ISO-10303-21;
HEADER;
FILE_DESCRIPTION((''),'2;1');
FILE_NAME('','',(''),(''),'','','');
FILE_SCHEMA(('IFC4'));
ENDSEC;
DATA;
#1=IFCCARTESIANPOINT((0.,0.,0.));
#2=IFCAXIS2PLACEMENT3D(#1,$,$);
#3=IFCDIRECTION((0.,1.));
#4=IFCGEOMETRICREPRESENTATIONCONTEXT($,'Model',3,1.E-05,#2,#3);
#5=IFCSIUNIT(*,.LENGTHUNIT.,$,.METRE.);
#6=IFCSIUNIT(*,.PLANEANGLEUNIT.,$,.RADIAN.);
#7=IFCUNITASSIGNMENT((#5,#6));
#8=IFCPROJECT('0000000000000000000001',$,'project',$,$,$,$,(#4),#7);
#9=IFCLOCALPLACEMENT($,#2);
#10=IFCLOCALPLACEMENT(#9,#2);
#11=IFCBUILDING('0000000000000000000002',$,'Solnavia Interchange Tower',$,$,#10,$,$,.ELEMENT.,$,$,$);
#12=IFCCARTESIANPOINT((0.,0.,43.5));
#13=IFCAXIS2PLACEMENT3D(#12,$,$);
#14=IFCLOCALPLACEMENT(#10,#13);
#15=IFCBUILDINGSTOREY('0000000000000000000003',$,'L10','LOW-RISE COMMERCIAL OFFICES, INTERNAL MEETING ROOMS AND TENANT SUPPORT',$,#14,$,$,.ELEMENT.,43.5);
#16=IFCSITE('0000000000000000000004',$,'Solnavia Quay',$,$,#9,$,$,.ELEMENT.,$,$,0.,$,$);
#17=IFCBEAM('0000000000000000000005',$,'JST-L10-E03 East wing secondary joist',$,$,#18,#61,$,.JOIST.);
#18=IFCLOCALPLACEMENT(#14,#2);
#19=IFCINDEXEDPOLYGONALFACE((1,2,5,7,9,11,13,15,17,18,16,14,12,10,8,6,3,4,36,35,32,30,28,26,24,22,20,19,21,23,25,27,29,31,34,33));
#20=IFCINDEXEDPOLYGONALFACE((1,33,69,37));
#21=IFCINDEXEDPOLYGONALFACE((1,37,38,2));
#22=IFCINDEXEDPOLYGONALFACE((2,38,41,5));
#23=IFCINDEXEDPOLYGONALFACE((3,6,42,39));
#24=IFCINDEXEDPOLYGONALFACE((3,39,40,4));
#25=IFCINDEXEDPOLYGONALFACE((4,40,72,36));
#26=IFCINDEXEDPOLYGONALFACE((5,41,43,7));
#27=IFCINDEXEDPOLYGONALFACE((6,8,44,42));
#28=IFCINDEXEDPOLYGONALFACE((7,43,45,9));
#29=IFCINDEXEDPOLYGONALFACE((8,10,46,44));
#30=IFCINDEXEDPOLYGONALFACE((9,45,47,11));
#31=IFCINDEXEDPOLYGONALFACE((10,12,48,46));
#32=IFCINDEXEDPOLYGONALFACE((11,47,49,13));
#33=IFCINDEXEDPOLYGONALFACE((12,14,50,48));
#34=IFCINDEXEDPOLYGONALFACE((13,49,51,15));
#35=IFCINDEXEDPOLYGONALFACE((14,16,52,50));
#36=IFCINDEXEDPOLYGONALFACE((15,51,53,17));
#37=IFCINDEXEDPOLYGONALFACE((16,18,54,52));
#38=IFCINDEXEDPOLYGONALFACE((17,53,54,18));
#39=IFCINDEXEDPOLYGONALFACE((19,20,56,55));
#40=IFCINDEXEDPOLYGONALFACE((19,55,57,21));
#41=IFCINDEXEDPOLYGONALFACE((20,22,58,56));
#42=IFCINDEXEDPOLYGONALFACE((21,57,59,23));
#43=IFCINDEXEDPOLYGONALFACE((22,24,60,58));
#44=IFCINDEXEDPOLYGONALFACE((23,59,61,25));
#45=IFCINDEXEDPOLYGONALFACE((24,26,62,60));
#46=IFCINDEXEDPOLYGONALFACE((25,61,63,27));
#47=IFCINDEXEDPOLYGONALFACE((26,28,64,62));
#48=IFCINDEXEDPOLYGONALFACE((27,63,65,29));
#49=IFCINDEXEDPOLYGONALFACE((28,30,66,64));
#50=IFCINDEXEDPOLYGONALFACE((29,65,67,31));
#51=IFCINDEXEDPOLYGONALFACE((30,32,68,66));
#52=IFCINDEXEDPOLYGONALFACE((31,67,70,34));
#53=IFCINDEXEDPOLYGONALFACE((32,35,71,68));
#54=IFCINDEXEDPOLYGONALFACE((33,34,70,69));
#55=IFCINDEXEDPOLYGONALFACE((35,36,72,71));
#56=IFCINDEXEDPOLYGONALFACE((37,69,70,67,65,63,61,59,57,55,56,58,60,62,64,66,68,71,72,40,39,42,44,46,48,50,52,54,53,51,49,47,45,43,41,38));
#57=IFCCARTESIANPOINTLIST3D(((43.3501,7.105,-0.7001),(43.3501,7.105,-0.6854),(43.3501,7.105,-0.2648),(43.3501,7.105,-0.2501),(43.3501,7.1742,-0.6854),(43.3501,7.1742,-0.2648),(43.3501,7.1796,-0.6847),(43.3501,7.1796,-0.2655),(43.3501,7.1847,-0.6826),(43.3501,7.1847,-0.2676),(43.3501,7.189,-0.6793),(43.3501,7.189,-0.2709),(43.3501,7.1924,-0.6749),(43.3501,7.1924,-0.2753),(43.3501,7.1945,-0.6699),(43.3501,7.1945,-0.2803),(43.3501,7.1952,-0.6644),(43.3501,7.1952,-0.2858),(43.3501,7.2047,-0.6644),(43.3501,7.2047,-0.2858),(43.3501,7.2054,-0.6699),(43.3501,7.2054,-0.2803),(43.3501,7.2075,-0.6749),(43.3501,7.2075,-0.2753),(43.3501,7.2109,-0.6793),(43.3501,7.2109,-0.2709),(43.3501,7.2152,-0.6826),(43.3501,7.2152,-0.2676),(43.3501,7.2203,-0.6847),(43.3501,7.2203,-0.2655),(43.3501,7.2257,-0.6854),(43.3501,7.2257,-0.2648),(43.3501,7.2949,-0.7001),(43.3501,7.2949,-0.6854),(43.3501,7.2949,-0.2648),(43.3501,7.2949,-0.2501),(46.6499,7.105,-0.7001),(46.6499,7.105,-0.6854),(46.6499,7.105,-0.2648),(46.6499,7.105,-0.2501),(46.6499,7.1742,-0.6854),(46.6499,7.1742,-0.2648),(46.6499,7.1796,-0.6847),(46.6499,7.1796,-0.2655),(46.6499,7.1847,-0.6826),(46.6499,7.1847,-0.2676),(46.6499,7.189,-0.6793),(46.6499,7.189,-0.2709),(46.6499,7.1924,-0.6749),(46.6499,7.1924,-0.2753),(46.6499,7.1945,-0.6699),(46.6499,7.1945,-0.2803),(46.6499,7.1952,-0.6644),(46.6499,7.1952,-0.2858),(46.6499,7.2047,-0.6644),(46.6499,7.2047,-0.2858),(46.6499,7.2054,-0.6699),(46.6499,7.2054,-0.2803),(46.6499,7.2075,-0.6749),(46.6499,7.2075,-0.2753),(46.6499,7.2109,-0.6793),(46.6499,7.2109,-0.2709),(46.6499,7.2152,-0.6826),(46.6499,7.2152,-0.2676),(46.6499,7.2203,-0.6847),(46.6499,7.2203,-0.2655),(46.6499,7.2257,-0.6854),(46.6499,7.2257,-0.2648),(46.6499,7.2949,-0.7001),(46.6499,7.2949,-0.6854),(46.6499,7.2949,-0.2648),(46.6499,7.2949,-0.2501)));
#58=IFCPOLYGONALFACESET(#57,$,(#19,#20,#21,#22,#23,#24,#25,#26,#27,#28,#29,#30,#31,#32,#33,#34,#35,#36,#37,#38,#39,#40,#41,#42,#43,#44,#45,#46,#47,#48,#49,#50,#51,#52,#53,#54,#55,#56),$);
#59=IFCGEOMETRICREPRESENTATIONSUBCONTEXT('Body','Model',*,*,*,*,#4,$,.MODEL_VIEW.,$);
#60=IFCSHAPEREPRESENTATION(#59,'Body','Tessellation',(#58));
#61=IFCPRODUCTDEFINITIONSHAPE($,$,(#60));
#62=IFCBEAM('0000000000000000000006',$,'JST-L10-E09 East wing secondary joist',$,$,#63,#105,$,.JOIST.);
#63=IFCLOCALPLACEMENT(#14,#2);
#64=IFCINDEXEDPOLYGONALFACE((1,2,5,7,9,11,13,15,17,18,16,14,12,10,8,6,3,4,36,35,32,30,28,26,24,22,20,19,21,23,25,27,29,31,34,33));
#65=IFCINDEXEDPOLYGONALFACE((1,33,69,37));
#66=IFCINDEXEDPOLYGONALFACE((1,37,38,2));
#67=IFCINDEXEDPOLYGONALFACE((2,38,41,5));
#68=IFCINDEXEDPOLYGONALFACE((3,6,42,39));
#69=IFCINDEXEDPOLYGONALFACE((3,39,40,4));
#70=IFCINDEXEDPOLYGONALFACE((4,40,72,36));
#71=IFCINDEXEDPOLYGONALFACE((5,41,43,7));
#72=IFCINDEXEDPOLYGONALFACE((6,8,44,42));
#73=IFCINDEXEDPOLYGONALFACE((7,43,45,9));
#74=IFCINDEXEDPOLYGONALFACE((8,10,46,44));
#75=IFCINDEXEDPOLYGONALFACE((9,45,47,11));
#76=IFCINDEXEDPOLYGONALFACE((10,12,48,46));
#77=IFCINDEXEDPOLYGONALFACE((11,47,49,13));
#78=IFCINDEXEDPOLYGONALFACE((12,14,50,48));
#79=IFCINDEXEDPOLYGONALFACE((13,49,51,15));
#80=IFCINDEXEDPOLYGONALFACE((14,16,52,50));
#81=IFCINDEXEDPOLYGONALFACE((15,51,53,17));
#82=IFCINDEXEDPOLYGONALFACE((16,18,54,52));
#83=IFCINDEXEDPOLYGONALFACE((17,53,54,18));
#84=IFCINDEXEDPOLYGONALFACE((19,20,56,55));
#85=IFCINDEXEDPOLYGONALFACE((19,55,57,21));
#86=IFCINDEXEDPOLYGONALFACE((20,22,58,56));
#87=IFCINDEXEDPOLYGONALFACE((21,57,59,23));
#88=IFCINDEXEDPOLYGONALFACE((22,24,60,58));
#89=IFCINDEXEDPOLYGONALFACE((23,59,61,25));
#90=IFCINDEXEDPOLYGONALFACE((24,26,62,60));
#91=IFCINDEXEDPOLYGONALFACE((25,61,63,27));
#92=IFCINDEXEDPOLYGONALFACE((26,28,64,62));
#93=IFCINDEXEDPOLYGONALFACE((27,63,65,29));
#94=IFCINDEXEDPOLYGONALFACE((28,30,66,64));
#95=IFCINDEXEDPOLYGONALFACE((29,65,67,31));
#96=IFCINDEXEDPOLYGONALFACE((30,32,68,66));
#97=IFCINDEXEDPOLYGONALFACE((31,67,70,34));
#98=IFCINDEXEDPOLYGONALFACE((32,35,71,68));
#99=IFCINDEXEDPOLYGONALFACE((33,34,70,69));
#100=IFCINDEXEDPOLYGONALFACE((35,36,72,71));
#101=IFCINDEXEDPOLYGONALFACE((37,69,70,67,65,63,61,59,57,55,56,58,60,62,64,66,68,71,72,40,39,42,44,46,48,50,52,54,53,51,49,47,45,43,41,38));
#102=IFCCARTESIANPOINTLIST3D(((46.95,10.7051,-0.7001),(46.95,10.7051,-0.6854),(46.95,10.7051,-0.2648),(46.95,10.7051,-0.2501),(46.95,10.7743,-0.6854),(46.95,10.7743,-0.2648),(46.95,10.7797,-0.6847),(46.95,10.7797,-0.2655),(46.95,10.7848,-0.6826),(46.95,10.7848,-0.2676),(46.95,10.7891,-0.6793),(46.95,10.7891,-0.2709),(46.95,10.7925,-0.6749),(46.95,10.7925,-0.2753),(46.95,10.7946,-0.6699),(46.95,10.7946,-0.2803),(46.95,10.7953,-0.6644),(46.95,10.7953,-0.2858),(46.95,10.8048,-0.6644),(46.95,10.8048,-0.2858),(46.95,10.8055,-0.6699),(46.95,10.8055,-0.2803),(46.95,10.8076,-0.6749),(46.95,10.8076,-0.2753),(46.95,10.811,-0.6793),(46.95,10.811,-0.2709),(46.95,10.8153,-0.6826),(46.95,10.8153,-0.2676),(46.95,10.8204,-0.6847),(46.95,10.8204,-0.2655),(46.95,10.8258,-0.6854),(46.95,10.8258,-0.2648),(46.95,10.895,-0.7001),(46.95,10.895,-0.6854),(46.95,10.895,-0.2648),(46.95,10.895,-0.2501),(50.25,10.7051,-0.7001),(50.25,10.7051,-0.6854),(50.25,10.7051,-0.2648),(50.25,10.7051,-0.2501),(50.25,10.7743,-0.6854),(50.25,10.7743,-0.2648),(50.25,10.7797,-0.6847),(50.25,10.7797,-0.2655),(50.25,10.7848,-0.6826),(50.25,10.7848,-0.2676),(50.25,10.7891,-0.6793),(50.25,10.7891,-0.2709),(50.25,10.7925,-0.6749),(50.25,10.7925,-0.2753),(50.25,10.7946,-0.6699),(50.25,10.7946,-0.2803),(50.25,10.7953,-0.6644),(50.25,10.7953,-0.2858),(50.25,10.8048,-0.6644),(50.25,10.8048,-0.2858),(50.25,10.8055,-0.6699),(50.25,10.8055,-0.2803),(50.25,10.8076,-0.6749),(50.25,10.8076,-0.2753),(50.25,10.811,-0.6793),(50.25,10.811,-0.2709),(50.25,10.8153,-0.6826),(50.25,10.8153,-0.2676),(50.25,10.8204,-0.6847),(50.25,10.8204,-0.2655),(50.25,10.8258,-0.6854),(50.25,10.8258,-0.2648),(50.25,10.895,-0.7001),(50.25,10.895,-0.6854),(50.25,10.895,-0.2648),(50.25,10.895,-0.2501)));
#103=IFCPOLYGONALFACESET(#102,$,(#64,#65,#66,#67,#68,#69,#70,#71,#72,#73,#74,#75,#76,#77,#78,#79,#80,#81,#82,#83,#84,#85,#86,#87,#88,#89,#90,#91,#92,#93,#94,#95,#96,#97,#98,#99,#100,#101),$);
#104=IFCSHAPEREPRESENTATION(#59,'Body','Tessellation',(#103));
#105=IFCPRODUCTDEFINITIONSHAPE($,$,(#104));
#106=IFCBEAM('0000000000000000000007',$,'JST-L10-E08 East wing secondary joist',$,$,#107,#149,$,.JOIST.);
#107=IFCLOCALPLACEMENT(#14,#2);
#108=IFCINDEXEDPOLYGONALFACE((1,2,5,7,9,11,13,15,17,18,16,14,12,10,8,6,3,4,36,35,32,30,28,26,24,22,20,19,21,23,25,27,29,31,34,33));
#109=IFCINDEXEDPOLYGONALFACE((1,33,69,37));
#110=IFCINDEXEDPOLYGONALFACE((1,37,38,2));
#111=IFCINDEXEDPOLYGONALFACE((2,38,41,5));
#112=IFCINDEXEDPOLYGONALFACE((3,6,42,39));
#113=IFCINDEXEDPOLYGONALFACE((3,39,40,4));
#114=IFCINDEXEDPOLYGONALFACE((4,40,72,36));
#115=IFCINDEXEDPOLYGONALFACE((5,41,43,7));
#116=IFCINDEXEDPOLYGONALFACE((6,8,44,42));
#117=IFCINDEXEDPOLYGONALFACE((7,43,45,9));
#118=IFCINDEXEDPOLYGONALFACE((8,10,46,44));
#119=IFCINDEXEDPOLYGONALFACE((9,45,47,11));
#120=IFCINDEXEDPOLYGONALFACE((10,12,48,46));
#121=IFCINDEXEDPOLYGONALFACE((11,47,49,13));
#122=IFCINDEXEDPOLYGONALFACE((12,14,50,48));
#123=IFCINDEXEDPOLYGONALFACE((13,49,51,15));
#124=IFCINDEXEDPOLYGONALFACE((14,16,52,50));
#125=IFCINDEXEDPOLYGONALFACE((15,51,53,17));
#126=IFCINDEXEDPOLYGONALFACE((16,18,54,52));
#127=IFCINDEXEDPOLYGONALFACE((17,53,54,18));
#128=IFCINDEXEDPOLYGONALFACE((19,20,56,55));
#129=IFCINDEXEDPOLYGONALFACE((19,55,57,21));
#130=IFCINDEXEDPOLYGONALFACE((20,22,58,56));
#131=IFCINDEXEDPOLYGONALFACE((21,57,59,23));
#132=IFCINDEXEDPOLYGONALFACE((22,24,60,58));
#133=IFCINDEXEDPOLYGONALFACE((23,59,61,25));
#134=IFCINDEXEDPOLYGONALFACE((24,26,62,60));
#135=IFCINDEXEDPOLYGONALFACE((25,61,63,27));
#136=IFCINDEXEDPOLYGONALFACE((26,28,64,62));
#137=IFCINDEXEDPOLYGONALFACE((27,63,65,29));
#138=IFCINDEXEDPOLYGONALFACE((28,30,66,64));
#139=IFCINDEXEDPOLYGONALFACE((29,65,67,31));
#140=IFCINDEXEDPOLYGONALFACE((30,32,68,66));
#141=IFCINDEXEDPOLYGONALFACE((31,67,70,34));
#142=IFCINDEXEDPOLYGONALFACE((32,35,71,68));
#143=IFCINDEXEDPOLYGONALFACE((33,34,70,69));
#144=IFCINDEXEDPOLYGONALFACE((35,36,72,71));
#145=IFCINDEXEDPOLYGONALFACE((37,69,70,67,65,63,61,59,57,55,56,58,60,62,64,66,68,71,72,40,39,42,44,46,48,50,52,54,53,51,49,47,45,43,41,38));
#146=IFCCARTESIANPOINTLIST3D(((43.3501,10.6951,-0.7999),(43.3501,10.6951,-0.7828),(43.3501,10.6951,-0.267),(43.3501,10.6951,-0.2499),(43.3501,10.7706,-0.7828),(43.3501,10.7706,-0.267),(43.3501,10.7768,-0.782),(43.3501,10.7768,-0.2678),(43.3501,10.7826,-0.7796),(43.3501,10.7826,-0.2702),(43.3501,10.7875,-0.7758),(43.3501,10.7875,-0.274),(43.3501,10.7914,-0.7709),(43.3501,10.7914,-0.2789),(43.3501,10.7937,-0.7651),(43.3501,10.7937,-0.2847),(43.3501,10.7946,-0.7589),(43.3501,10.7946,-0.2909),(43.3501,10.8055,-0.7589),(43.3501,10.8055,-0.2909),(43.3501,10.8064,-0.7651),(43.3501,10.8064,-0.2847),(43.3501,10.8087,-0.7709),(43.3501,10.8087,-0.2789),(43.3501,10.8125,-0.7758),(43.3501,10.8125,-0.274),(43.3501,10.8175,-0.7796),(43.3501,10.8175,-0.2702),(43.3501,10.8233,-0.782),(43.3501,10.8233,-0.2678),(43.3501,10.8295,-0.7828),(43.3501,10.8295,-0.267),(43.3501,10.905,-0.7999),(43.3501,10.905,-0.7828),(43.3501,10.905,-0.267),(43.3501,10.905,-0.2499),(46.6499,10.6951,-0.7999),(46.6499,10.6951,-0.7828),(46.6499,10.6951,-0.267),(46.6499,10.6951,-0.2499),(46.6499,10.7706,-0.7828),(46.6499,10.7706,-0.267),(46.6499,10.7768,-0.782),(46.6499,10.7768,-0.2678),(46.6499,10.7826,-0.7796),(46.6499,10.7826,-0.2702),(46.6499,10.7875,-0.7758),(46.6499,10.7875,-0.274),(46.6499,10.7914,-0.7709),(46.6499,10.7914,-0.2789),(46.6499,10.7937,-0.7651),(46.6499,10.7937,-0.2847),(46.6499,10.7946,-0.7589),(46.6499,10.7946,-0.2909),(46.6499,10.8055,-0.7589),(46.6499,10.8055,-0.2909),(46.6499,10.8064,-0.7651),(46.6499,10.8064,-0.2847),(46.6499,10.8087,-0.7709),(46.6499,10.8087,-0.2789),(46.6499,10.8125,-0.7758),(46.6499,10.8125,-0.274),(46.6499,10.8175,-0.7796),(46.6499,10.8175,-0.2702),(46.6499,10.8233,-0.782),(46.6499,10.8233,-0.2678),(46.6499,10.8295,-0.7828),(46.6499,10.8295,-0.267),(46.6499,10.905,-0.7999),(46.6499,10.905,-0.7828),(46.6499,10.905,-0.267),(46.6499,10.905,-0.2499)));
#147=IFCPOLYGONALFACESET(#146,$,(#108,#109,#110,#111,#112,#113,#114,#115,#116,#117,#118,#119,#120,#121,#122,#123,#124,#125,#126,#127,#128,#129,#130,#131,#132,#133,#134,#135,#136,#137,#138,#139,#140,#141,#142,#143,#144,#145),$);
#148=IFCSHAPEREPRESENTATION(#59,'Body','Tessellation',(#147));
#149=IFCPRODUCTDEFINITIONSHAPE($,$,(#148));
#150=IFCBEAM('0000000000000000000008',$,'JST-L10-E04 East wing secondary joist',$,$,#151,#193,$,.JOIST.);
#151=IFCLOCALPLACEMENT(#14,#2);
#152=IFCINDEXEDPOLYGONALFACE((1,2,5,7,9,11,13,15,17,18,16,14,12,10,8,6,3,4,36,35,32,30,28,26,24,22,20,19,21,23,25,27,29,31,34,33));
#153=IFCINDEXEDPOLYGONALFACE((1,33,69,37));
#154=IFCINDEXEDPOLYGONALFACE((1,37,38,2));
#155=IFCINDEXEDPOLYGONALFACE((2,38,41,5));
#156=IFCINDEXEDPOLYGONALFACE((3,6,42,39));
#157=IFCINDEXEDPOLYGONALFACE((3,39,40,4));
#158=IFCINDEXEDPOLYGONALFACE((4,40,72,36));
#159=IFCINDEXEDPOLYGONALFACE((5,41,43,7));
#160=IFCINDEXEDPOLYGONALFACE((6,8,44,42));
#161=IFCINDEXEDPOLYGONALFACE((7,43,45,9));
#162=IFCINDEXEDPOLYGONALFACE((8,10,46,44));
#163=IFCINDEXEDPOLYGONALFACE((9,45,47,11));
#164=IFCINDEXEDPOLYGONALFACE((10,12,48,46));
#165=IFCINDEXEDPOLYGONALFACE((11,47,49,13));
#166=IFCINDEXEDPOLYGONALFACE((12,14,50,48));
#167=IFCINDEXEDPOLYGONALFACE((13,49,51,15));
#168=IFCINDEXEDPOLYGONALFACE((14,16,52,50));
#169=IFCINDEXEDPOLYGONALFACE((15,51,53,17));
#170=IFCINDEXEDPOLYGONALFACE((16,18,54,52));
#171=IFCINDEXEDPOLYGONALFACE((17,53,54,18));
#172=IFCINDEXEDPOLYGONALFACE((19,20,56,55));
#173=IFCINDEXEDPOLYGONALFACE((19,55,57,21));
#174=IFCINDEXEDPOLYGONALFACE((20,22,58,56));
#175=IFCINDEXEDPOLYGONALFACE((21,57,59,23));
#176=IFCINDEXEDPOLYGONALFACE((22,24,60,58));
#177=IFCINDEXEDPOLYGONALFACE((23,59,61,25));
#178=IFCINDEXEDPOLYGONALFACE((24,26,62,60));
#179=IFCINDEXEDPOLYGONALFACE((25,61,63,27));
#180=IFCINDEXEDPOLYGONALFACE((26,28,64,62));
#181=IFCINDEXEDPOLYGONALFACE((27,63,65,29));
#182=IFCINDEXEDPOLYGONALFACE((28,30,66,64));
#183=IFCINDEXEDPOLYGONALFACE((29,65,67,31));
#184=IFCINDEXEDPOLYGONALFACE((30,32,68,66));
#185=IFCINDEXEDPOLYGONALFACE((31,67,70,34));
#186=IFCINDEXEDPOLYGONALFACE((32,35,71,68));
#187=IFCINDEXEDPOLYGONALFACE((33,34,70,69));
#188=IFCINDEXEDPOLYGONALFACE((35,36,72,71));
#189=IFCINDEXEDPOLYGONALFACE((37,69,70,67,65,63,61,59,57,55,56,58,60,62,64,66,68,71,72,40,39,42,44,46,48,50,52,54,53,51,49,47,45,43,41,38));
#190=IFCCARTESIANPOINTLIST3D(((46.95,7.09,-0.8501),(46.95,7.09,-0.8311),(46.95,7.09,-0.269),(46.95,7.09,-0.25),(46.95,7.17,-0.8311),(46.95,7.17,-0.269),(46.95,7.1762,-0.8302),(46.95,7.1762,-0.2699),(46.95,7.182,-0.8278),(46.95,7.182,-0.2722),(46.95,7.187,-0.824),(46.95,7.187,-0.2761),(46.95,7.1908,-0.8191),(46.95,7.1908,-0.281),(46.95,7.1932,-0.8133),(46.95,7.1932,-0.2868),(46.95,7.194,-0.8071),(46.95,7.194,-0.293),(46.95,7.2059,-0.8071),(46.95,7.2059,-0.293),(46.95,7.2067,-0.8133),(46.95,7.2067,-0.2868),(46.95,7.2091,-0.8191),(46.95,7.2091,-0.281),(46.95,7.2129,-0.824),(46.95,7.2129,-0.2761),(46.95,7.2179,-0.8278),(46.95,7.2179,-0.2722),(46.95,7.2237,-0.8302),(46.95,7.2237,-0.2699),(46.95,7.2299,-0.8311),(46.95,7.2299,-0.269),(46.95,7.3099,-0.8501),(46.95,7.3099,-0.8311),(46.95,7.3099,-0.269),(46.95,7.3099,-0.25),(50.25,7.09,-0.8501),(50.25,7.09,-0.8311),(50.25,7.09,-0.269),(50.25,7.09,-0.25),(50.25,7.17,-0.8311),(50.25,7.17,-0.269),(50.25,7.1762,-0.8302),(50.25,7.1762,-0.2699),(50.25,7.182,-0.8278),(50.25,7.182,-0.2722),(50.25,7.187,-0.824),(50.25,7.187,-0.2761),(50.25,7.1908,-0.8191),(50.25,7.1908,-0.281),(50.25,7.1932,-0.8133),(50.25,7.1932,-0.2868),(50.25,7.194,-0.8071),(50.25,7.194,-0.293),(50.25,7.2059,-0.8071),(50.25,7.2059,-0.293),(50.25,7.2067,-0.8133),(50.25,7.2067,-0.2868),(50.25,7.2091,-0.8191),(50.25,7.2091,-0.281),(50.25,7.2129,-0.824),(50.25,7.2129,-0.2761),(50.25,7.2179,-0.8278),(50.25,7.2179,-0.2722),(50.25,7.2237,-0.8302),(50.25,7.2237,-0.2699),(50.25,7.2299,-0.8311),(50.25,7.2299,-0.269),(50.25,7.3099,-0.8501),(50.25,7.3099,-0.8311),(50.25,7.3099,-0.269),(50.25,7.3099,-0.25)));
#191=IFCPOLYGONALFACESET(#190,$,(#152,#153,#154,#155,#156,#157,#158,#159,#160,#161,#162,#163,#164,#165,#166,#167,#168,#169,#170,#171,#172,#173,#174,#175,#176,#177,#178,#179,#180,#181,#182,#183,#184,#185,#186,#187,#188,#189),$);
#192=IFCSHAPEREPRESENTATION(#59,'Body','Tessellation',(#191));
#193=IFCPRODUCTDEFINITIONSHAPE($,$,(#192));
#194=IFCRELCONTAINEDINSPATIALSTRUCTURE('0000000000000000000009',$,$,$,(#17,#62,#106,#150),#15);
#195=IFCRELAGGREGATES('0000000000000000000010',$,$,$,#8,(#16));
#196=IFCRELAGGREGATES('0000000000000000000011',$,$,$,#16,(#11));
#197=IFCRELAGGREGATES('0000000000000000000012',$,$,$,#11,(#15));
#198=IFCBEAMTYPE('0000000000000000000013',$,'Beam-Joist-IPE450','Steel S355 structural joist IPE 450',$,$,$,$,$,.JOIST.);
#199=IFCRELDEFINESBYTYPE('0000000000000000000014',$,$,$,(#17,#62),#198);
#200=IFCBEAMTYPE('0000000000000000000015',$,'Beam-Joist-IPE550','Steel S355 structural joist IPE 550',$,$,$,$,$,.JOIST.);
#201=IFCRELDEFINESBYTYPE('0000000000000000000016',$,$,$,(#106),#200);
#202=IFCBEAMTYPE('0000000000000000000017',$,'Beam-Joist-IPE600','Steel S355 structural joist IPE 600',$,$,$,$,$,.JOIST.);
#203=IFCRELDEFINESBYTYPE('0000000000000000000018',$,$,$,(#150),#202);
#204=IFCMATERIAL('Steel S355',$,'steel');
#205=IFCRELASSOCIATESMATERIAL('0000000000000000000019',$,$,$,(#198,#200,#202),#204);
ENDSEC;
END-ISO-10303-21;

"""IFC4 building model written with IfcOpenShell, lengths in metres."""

from ifc_helpers import new_model, si_unit, direction, frame, origin, origin_2d, place, context, subcontext, project, spatial, i_section, extrude, material, material_profile, profile_set, type_object, element, save


model = new_model("IFC4")

# Units and contexts
model_context = context("Model", 3, precision=1e-05, world=origin(), true_north=direction((0.0, 1.0)))
body_context = subcontext(model_context, "Body", "Model", "MODEL_VIEW")
ifc_project = project(units=[si_unit("LENGTHUNIT", "METRE"), si_unit("PLANEANGLEUNIT", "RADIAN")], contexts=[model_context])

# Site, building, storey
site_placement = place(None, origin())
site = spatial("IfcSite", under=ifc_project, at=site_placement, Name="Solnavia Quay", CompositionType="ELEMENT", RefElevation=0.0)
building_placement = place(site_placement, origin())
building = spatial("IfcBuilding", under=site, at=building_placement, Name="Solnavia Interchange Tower", CompositionType="ELEMENT")
storey_placement = place(building_placement, frame((0.0, 0.0, 43.5)))
storey = spatial("IfcBuildingStorey", under=building, at=storey_placement, Name="L10", Description="LOW-RISE COMMERCIAL OFFICES, INTERNAL MEETING ROOMS AND TENANT SUPPORT", CompositionType="ELEMENT", Elevation=43.5)

# Shared definitions
ifc_material_1 = material(Name="Steel S355", Category="steel")

# Beams
ifc_material_profile_1 = material_profile(ifc_material_1, i_section(OverallWidth=0.1899, OverallDepth=0.45, WebThickness=0.0095, FlangeThickness=0.0146, FilletRadius=0.021, at=origin_2d()), Name="IPE 450")
ifc_profile_set_1 = profile_set([ifc_material_profile_1], Name="Steel S355")
beam_type_1 = type_object("IfcBeamType", Name="Beam-Joist-IPE450", Description="Steel S355 structural joist IPE 450", PredefinedType="JOIST", material=ifc_profile_set_1)
beam_1_placement = place(storey_placement, frame((43.3501, 7.2, -0.4751), z_axis=(1.0, 0.0, 0.0), x_axis=(0.0, 1.0, 0.0)))
element("IfcBeam", 1, at=beam_1_placement, inside=storey, type_object=beam_type_1, Name="JST-L10-E03 East wing secondary joist", PredefinedType="JOIST", context=body_context, shape_type="SweptSolid", body=[
    extrude(i_section(OverallWidth=0.1899, OverallDepth=0.45, WebThickness=0.0095, FlangeThickness=0.0146, FilletRadius=0.021, at=origin_2d()), origin(), (0.0, 0.0, 1.0), 3.2998),
])
beam_2_placement = place(storey_placement, frame((46.95, 10.8, -0.4751), z_axis=(1.0, 0.0, 0.0), x_axis=(0.0, 1.0, 0.0)))
element("IfcBeam", 2, at=beam_2_placement, inside=storey, type_object=beam_type_1, Name="JST-L10-E09 East wing secondary joist", PredefinedType="JOIST", context=body_context, shape_type="SweptSolid", body=[
    extrude(i_section(OverallWidth=0.1899, OverallDepth=0.45, WebThickness=0.0095, FlangeThickness=0.0146, FilletRadius=0.021, at=origin_2d()), origin(), (0.0, 0.0, 1.0), 3.3),
])
ifc_material_profile_2 = material_profile(ifc_material_1, i_section(OverallWidth=0.21, OverallDepth=0.55, WebThickness=0.011, FlangeThickness=0.0171, FilletRadius=0.0239, at=origin_2d()), Name="IPE 550")
ifc_profile_set_2 = profile_set([ifc_material_profile_2], Name="Steel S355")
beam_type_2 = type_object("IfcBeamType", Name="Beam-Joist-IPE550", Description="Steel S355 structural joist IPE 550", PredefinedType="JOIST", material=ifc_profile_set_2)
beam_3_placement = place(storey_placement, frame((43.3501, 10.8, -0.5249), z_axis=(1.0, 0.0, 0.0), x_axis=(0.0, 1.0, 0.0)))
element("IfcBeam", 3, at=beam_3_placement, inside=storey, type_object=beam_type_2, Name="JST-L10-E08 East wing secondary joist", PredefinedType="JOIST", context=body_context, shape_type="SweptSolid", body=[
    extrude(i_section(OverallWidth=0.21, OverallDepth=0.55, WebThickness=0.011, FlangeThickness=0.0171, FilletRadius=0.0239, at=origin_2d()), origin(), (0.0, 0.0, 1.0), 3.2998),
])
ifc_material_profile_3 = material_profile(ifc_material_1, i_section(OverallWidth=0.22, OverallDepth=0.6001, WebThickness=0.012, FlangeThickness=0.019, FilletRadius=0.0239, at=origin_2d()), Name="IPE 600")
ifc_profile_set_3 = profile_set([ifc_material_profile_3], Name="Steel S355")
beam_type_3 = type_object("IfcBeamType", Name="Beam-Joist-IPE600", Description="Steel S355 structural joist IPE 600", PredefinedType="JOIST", material=ifc_profile_set_3)
beam_4_placement = place(storey_placement, frame((46.95, 7.2, -0.55), z_axis=(1.0, 0.0, 0.0), x_axis=(0.0, 1.0, 0.0)))
element("IfcBeam", 4, at=beam_4_placement, inside=storey, type_object=beam_type_3, Name="JST-L10-E04 East wing secondary joist", PredefinedType="JOIST", context=body_context, shape_type="SweptSolid", body=[
    extrude(i_section(OverallWidth=0.22, OverallDepth=0.6001, WebThickness=0.012, FlangeThickness=0.019, FilletRadius=0.0239, at=origin_2d()), origin(), (0.0, 0.0, 1.0), 3.3),
])

save(model, "model.ifc")
